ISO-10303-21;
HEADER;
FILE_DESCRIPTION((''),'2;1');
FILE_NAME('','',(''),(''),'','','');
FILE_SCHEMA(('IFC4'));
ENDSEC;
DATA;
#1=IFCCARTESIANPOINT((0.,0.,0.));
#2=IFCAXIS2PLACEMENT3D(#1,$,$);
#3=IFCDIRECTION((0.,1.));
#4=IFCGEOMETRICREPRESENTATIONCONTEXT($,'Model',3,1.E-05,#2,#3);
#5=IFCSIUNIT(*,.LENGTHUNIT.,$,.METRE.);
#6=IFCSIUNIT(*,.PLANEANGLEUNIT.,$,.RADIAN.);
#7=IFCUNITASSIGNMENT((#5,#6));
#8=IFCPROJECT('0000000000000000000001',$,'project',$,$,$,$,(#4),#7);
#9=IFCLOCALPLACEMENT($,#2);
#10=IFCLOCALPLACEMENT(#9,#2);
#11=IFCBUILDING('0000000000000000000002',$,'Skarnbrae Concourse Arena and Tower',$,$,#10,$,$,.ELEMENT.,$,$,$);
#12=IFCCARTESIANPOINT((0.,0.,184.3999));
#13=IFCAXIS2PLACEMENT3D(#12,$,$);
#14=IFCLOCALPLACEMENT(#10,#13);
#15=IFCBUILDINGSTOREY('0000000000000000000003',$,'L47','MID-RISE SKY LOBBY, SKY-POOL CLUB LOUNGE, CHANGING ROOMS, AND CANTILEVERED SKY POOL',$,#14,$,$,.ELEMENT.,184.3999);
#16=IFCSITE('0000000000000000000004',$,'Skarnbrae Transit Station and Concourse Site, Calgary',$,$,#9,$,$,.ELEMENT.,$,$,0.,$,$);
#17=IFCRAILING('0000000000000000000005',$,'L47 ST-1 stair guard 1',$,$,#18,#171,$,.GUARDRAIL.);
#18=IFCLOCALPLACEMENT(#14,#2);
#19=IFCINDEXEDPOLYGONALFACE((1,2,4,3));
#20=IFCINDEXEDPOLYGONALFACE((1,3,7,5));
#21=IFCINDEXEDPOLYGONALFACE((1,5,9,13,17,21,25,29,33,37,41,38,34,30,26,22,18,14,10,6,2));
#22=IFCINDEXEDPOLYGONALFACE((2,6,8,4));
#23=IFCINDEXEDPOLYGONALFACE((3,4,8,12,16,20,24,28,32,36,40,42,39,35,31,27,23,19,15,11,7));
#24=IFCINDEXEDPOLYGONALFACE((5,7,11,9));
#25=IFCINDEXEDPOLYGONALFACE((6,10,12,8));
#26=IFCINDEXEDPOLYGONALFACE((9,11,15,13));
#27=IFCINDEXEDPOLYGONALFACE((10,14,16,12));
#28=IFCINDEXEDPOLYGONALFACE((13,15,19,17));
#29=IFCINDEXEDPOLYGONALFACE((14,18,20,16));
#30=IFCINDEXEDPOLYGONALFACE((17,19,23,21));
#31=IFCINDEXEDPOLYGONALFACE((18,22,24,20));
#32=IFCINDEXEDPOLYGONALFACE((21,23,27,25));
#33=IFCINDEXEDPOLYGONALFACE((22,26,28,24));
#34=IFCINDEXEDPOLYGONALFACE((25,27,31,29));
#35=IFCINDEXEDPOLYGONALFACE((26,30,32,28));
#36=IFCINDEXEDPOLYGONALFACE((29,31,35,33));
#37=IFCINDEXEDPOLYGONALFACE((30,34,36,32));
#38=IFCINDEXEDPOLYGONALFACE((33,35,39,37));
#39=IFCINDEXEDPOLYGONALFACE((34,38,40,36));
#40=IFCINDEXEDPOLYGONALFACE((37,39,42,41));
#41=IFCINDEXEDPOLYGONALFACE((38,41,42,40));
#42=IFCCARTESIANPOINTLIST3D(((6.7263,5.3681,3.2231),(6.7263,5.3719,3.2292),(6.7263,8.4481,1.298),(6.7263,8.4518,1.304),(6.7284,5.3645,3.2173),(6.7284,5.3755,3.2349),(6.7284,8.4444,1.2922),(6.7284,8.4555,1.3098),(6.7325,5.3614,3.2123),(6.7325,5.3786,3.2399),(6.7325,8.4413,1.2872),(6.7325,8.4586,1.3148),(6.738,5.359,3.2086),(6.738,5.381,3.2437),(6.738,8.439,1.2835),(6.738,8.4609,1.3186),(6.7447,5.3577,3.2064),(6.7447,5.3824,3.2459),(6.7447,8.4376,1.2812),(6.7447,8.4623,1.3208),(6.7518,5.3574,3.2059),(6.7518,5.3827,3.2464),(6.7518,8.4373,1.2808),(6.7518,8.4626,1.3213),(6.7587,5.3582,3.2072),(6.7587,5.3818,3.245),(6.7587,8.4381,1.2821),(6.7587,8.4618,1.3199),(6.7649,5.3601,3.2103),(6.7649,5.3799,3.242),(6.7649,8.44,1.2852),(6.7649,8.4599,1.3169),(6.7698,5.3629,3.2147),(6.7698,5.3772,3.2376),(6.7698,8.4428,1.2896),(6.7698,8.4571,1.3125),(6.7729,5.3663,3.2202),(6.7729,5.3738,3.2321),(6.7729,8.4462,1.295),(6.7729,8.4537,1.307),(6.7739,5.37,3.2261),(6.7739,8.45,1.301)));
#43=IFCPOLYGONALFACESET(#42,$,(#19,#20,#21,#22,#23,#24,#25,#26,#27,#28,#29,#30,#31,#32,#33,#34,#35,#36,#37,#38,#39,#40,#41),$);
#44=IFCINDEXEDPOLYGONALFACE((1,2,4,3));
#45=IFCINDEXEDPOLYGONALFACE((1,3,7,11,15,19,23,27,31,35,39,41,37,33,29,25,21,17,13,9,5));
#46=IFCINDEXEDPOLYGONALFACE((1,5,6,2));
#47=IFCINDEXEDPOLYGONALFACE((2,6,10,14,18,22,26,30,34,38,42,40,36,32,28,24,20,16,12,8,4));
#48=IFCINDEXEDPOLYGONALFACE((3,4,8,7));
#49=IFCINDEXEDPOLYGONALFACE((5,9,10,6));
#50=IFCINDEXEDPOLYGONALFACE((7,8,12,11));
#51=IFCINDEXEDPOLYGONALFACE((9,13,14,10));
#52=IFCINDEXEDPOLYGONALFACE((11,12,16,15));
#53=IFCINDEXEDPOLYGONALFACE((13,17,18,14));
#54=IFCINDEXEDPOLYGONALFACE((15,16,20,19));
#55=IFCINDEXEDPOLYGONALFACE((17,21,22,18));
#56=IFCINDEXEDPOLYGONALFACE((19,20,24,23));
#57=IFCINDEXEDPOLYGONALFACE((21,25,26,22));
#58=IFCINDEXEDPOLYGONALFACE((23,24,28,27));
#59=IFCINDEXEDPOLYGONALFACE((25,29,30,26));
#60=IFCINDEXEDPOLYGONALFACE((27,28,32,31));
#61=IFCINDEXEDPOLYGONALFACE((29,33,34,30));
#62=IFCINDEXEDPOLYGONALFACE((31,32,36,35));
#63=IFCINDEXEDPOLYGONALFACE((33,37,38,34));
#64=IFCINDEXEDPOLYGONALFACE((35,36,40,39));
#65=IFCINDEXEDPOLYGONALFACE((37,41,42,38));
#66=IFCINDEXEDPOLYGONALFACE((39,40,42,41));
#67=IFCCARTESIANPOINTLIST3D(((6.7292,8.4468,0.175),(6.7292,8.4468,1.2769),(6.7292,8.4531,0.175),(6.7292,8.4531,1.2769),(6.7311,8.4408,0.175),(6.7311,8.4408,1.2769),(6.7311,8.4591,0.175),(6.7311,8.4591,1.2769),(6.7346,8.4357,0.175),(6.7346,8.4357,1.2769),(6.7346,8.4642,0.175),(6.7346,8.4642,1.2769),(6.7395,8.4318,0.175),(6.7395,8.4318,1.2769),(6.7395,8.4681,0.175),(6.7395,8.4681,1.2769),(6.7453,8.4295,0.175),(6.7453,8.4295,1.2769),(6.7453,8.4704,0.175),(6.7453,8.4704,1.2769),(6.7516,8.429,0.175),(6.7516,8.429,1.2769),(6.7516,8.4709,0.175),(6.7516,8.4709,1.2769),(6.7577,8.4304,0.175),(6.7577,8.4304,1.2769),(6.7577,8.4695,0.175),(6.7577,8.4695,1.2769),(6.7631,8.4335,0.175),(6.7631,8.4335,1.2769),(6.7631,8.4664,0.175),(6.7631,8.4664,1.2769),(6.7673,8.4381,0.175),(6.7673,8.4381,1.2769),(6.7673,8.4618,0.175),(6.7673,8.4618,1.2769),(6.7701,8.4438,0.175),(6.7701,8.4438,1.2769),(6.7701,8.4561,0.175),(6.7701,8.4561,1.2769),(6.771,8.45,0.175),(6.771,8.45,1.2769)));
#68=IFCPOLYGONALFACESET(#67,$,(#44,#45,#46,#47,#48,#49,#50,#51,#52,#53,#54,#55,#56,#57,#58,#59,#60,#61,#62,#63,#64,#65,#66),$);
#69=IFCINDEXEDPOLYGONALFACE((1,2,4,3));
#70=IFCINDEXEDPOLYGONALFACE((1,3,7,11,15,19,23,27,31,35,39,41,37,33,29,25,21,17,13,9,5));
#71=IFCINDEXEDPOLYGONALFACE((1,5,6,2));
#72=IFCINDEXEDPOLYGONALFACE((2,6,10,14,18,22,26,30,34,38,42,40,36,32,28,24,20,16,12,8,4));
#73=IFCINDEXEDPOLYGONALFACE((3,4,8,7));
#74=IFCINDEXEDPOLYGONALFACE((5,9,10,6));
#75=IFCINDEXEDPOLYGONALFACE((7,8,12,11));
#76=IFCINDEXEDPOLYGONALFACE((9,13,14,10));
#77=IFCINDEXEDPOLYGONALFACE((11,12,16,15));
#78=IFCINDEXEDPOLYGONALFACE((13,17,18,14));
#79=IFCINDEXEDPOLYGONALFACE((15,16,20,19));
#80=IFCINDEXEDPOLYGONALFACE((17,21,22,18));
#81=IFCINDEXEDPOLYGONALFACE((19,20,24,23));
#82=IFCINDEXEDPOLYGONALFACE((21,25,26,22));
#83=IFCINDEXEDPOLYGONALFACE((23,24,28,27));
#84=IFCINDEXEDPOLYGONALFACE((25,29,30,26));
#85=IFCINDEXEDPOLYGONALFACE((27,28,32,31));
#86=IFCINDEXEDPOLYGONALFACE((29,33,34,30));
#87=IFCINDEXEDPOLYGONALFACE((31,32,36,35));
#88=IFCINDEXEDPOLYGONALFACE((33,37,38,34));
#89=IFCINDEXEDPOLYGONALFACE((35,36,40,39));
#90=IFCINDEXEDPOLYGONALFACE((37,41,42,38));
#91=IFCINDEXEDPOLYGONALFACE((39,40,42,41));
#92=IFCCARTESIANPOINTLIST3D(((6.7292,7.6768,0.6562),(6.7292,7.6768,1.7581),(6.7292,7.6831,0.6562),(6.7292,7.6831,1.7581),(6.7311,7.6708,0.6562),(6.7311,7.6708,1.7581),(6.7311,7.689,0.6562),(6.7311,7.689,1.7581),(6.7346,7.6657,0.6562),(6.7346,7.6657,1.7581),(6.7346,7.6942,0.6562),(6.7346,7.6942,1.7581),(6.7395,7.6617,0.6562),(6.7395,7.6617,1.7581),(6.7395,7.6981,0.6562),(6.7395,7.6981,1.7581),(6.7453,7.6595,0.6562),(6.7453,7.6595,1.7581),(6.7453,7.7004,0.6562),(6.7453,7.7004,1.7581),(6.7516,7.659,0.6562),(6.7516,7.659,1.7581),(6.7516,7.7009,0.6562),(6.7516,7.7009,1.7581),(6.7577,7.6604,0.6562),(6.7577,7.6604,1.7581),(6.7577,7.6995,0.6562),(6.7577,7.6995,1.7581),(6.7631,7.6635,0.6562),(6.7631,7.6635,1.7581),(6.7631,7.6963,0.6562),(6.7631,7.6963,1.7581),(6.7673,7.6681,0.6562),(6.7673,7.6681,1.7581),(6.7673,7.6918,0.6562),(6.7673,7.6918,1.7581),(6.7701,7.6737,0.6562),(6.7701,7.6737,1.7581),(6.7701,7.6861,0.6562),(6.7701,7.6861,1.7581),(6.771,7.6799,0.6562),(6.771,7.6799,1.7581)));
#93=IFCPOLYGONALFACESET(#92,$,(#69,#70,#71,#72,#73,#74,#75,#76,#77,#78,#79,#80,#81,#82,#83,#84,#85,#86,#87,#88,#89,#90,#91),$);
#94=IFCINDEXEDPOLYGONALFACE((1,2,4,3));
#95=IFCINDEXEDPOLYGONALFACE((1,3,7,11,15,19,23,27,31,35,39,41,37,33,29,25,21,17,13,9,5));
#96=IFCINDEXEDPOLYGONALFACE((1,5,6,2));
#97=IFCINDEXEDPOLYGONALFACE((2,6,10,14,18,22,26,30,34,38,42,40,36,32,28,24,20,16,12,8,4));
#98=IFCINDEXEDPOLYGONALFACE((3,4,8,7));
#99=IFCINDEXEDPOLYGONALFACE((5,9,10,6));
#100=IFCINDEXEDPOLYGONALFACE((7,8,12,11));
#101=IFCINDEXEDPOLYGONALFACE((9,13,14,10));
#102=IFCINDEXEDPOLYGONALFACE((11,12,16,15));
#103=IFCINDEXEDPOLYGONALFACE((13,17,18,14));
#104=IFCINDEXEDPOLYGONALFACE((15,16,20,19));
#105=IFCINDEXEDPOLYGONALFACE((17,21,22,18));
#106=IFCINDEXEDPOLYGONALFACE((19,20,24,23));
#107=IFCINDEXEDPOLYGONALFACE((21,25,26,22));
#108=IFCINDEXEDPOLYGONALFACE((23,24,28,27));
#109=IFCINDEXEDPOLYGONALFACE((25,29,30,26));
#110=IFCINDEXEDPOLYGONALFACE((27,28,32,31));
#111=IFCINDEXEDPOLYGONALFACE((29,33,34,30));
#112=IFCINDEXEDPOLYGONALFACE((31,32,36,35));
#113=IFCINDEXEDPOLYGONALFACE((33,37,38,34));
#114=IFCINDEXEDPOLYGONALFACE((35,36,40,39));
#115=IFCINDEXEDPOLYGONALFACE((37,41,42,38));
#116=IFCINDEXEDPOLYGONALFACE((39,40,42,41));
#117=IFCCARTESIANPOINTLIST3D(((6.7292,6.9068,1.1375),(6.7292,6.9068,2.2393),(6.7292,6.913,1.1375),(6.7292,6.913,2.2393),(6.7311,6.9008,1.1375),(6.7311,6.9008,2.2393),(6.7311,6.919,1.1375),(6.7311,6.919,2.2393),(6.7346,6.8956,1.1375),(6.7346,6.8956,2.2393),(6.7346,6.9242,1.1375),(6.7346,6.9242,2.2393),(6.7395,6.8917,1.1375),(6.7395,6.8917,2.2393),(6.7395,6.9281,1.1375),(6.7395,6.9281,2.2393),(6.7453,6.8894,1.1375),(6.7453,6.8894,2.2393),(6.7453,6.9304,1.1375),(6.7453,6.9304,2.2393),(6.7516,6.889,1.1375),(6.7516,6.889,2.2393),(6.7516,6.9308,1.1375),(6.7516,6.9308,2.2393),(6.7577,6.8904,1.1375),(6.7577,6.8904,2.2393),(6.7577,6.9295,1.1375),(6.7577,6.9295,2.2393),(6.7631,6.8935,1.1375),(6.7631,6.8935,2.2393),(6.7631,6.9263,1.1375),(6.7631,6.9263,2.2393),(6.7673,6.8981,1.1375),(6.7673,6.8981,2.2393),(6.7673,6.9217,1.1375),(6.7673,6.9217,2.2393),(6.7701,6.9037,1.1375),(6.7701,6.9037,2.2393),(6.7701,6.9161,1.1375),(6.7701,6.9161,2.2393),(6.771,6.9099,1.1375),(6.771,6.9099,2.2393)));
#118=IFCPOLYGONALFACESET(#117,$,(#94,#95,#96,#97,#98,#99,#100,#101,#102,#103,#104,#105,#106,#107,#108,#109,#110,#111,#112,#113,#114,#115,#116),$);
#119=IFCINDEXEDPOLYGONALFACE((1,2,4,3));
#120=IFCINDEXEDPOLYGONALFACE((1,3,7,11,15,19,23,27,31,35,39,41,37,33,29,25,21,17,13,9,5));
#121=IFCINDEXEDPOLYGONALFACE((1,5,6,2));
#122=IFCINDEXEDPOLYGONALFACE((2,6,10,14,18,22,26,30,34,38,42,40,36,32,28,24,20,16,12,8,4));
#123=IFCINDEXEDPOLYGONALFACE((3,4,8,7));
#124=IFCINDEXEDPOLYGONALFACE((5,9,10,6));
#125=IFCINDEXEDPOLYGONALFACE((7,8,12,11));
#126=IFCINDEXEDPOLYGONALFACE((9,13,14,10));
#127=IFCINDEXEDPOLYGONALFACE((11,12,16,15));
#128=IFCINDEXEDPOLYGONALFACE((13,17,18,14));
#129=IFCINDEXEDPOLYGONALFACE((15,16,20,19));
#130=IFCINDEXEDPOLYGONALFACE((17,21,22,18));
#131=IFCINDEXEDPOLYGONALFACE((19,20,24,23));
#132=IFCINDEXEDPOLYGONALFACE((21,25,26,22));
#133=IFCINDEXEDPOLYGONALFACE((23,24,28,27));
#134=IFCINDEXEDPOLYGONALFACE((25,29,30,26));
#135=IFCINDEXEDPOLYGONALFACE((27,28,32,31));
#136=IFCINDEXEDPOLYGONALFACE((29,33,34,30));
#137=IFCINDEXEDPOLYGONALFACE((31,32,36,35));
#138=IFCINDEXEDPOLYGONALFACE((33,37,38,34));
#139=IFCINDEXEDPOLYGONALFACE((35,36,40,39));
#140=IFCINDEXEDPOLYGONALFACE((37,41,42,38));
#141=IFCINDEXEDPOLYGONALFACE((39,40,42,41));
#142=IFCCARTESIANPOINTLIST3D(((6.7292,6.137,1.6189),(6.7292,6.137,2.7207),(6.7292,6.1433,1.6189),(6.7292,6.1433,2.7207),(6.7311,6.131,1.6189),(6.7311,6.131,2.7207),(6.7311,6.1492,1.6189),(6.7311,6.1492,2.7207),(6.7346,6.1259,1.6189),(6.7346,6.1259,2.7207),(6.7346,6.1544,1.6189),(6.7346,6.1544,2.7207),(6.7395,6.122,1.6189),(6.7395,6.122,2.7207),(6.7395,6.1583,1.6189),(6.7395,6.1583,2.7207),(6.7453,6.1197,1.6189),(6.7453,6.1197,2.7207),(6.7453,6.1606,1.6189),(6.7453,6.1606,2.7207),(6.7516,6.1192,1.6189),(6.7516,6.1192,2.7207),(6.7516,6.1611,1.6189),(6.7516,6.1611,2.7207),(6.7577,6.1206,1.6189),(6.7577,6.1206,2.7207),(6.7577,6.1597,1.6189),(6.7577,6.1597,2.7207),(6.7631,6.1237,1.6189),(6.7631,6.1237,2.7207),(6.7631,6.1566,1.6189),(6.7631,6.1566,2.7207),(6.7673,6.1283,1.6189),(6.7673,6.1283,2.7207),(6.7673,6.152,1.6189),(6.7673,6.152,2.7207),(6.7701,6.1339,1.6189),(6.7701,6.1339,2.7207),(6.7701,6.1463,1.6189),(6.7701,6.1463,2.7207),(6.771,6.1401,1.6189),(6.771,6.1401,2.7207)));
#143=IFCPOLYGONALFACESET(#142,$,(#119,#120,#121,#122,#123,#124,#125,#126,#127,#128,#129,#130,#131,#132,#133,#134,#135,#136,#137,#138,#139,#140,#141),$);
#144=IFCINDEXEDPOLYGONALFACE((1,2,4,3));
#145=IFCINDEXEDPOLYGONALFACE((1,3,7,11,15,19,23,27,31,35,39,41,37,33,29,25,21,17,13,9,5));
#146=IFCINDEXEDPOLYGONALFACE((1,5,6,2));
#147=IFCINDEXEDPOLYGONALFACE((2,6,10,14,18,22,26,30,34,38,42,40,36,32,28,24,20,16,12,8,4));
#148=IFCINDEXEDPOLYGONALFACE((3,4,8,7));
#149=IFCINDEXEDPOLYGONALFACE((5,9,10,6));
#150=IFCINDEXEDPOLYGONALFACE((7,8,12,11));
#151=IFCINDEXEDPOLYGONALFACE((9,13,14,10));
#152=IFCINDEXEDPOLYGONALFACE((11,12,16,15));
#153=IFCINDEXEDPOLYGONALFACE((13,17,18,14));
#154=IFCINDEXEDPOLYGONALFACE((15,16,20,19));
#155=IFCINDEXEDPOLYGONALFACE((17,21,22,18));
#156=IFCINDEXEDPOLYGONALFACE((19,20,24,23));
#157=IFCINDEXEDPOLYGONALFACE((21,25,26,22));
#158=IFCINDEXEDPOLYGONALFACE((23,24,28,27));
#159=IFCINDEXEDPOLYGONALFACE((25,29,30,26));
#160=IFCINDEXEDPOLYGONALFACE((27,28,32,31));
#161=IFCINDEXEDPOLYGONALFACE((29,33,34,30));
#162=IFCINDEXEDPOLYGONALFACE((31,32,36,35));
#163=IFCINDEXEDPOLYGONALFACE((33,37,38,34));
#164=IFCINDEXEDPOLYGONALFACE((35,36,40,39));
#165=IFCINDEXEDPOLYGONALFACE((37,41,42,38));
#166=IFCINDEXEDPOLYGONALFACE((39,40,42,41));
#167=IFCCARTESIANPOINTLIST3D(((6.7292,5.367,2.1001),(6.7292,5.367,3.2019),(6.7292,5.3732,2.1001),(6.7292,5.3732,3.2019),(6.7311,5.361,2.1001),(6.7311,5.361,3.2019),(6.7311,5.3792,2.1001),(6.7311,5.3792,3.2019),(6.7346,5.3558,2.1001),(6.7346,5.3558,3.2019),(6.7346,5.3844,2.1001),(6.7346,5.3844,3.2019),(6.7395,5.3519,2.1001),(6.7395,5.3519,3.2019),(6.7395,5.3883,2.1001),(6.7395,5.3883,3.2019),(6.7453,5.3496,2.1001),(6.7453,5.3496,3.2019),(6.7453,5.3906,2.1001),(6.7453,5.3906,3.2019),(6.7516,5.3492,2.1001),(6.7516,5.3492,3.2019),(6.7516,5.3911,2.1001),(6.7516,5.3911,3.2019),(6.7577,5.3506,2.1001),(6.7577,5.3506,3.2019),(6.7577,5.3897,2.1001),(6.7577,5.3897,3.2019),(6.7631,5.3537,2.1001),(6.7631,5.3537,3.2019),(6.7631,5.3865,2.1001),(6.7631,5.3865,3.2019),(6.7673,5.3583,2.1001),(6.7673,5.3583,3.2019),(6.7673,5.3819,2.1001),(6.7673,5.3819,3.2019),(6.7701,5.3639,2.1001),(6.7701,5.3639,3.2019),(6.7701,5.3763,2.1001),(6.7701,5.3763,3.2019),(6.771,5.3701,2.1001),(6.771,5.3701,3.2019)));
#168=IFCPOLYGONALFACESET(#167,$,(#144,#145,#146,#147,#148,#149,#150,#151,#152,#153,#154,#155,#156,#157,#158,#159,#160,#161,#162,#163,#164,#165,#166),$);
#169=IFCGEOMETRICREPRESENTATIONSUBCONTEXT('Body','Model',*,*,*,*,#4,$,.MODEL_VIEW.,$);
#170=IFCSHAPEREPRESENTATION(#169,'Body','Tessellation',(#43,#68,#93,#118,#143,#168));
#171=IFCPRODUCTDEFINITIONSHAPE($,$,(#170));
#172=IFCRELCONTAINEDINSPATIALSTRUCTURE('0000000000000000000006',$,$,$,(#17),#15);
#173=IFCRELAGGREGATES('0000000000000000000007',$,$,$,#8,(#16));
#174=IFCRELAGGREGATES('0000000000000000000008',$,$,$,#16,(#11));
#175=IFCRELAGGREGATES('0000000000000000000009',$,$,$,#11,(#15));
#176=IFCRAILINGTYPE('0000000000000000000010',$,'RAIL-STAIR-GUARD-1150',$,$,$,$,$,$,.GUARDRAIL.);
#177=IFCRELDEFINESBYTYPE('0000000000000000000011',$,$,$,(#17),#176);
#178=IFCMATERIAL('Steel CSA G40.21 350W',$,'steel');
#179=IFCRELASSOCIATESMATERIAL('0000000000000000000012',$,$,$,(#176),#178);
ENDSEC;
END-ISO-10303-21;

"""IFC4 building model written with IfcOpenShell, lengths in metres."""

from ifc_helpers import new_model, si_unit, direction, frame, origin, origin_2d, place, context, subcontext, project, spatial, circle, extrude, material, type_object, element, save


model = new_model("IFC4")

# Units and contexts
model_context = context("Model", 3, precision=1e-05, world=origin(), true_north=direction((0.0, 1.0)))
body_context = subcontext(model_context, "Body", "Model", "MODEL_VIEW")
ifc_project = project(units=[si_unit("LENGTHUNIT", "METRE"), si_unit("PLANEANGLEUNIT", "RADIAN")], contexts=[model_context])

# Site, building, storey
site_placement = place(None, origin())
site = spatial("IfcSite", under=ifc_project, at=site_placement, Name="Skarnbrae Transit Station and Concourse Site, Calgary", CompositionType="ELEMENT", RefElevation=0.0)
building_placement = place(site_placement, origin())
building = spatial("IfcBuilding", under=site, at=building_placement, Name="Skarnbrae Concourse Arena and Tower", CompositionType="ELEMENT")
storey_placement = place(building_placement, frame((0.0, 0.0, 184.3999)))
storey = spatial("IfcBuildingStorey", under=building, at=storey_placement, Name="L47", Description="MID-RISE SKY LOBBY, SKY-POOL CLUB LOUNGE, CHANGING ROOMS, AND CANTILEVERED SKY POOL", CompositionType="ELEMENT", Elevation=184.3999)

# Railing
ifc_material_1 = material(Name="Steel CSA G40.21 350W", Category="steel")
railing_type_1 = type_object("IfcRailingType", Name="RAIL-STAIR-GUARD-1150", PredefinedType="GUARDRAIL", material=ifc_material_1)
railing_1_placement = place(storey_placement, frame((6.75, 8.45, 0.175)))
element("IfcRailing", 1, at=railing_1_placement, inside=storey, type_object=railing_type_1, Name="L47 ST-1 stair guard 1", PredefinedType="GUARDRAIL", context=body_context, shape_type="SweptSolid", body=[
    extrude(circle(Radius=0.0239, at=origin_2d()), frame((0.0, 0.0, 1.126), z_axis=(0.0, -0.847979, 0.530029), x_axis=(1.0, 0.0, 0.0)), (0.0, 0.0, 1.0), 3.6321),
    extrude(circle(Radius=0.021, at=origin_2d()), origin(), (0.0, 0.0, 1.0), 1.1018),
    extrude(circle(Radius=0.021, at=origin_2d()), frame((0.0, -0.77, 0.4812)), (0.0, 0.0, 1.0), 1.1018),
    extrude(circle(Radius=0.021, at=origin_2d()), frame((0.0, -1.54, 0.9624)), (0.0, 0.0, 1.0), 1.1018),
    extrude(circle(Radius=0.021, at=origin_2d()), frame((0.0, -2.3098, 1.4438)), (0.0, 0.0, 1.0), 1.1018),
    extrude(circle(Radius=0.021, at=origin_2d()), frame((0.0, -3.0798, 1.925)), (0.0, 0.0, 1.0), 1.1018),
])

save(model, "model.ifc")
